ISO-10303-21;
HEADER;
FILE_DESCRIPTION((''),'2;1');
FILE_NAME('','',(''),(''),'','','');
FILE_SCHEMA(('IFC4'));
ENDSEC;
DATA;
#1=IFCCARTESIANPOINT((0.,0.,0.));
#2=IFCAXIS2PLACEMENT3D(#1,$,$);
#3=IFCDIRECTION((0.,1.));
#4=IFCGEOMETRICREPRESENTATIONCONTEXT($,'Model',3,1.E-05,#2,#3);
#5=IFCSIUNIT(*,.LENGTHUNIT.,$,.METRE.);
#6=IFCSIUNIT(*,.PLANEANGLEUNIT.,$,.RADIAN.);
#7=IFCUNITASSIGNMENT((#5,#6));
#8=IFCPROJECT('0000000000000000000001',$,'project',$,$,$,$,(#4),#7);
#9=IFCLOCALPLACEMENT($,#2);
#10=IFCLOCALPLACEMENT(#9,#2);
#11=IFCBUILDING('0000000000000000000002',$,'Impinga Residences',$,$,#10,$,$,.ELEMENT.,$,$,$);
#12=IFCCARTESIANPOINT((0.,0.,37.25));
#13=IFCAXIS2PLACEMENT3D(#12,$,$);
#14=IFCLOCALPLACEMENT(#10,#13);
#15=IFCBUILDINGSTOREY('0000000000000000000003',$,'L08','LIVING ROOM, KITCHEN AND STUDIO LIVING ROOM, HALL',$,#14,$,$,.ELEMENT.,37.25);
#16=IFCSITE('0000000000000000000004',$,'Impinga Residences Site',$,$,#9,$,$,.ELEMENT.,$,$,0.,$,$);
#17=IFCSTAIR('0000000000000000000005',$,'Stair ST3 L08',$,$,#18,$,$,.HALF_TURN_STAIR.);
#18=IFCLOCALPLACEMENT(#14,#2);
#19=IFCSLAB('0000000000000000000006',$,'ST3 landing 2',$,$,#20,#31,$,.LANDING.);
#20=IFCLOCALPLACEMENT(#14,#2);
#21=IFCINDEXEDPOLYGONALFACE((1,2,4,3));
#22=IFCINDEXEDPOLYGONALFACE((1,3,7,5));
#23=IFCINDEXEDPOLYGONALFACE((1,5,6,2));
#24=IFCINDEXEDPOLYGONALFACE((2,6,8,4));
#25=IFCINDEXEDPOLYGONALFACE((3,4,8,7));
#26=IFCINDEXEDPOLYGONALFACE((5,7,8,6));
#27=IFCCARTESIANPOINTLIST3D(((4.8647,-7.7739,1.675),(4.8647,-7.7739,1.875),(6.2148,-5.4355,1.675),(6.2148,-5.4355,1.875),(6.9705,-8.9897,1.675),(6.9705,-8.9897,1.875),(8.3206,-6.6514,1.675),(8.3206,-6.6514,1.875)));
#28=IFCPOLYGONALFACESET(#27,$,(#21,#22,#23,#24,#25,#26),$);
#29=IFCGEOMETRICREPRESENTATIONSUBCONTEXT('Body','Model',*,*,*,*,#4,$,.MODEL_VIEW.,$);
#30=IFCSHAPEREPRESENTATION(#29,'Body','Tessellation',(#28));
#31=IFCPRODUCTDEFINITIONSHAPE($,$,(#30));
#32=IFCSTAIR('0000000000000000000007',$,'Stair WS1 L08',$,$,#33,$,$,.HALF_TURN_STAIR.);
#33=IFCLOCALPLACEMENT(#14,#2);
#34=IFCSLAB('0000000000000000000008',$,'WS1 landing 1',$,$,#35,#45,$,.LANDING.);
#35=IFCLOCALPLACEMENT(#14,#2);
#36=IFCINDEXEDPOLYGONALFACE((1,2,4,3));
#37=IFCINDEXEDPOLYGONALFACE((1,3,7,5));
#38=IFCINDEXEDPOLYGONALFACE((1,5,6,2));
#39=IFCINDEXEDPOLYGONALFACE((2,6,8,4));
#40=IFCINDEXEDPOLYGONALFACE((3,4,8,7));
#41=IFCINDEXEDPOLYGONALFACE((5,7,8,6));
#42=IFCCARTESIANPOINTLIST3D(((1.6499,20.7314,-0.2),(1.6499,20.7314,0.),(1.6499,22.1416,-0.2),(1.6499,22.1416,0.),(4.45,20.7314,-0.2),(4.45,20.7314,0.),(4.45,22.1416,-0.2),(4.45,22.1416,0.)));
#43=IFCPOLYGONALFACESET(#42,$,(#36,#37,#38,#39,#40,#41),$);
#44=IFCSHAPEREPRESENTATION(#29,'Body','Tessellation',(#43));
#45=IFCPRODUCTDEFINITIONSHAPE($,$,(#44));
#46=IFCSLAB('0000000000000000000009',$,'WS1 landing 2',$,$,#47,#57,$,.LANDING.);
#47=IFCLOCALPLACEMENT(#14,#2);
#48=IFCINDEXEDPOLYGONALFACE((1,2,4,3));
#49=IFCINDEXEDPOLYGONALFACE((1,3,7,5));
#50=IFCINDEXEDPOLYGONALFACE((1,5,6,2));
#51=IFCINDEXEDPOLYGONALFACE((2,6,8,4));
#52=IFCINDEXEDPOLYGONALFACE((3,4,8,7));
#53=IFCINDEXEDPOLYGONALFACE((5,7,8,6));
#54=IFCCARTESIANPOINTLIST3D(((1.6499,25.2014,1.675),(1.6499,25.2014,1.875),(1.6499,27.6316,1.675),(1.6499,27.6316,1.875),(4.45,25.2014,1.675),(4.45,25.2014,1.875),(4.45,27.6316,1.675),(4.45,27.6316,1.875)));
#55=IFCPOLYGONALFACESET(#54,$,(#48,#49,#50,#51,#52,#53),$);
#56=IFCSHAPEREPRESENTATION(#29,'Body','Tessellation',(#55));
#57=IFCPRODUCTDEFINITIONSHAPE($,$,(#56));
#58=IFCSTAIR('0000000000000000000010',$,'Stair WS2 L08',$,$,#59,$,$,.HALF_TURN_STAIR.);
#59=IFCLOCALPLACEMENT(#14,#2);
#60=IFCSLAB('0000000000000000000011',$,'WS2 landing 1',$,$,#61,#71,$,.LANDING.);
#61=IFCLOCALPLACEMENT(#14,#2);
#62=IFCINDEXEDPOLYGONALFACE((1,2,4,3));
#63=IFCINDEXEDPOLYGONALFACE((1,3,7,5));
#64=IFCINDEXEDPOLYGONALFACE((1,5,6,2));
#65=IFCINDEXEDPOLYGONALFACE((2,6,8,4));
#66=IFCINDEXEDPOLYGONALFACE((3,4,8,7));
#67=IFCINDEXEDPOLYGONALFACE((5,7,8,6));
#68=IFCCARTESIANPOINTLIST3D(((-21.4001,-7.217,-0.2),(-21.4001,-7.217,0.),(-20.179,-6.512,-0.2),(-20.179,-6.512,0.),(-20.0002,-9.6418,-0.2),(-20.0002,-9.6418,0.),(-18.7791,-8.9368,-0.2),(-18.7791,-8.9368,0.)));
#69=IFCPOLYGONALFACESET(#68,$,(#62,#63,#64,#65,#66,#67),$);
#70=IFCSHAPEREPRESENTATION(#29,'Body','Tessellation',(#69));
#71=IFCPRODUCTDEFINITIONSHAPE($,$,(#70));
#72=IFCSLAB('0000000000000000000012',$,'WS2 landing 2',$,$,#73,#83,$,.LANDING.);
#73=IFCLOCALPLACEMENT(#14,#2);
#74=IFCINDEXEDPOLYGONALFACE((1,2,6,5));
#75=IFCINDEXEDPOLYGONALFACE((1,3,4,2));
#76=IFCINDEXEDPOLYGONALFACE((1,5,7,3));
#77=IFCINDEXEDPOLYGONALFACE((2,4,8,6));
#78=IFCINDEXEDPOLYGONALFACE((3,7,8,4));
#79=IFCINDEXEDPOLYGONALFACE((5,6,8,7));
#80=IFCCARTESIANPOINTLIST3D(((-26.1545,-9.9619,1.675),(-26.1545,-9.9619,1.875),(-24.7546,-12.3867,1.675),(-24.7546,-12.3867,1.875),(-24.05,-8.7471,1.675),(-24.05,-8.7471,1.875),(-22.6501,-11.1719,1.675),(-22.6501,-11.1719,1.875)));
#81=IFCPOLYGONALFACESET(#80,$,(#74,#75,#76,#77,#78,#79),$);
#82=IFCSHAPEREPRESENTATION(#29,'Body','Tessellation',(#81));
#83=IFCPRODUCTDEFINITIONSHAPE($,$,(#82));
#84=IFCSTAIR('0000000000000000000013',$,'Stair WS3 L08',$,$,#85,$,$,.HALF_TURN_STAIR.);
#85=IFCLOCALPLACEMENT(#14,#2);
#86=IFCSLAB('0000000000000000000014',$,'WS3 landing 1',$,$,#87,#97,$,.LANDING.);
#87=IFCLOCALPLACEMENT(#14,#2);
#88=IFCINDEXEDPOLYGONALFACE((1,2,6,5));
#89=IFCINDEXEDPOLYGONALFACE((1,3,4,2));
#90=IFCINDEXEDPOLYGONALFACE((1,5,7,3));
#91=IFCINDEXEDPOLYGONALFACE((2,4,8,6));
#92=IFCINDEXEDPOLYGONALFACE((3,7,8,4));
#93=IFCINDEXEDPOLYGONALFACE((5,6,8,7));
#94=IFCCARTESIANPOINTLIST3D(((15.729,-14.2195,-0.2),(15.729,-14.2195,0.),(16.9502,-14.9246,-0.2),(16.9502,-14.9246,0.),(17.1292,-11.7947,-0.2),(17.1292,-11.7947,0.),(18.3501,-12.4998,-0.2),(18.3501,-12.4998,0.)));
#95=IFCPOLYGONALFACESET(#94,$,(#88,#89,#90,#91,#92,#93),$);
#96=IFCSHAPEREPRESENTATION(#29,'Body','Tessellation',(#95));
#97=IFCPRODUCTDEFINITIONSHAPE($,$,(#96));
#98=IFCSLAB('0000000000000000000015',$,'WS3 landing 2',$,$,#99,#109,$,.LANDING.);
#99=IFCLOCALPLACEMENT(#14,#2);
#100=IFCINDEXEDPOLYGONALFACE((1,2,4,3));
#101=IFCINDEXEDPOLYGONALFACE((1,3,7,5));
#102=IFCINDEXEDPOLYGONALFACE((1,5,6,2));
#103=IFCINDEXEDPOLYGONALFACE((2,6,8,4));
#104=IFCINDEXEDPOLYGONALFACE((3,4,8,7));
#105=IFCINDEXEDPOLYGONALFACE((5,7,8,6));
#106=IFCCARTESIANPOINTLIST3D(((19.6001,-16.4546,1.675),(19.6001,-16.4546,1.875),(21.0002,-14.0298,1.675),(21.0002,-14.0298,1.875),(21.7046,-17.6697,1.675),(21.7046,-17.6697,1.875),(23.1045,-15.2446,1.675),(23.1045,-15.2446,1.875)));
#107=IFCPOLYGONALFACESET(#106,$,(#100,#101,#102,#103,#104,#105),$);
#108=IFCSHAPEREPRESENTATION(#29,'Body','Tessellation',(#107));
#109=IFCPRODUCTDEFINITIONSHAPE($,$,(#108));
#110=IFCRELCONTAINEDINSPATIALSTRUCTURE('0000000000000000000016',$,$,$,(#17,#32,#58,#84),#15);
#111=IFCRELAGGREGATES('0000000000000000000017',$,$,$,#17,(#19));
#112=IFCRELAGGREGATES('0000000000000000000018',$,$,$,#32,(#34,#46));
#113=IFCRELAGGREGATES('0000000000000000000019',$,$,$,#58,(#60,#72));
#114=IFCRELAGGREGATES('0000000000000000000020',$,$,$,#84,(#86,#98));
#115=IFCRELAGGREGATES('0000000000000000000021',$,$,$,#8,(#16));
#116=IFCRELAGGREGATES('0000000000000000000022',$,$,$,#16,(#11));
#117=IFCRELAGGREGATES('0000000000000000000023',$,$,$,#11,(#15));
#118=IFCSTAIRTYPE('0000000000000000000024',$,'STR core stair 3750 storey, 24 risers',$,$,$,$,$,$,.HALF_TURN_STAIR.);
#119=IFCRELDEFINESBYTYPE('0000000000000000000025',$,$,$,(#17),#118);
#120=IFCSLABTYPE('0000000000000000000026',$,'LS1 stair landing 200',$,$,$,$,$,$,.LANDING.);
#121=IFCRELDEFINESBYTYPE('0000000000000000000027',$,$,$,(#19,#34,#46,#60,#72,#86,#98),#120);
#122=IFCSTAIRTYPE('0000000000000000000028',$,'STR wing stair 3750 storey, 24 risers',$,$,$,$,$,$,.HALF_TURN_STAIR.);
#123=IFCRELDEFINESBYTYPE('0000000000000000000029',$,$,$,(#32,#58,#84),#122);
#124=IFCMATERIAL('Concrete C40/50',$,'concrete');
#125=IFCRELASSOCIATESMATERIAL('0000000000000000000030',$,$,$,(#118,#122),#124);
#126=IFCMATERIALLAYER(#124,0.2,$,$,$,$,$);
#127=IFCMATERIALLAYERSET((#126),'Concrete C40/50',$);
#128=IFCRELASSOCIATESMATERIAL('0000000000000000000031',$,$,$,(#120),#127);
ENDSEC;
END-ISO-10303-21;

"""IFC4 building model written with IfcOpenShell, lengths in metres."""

from ifc_helpers import new_model, si_unit, direction, frame, origin, place, context, subcontext, project, spatial, polyline, outline, extrude, material, layer, layer_set, type_object, element, aggregate, save


model = new_model("IFC4")

# Units and contexts
model_context = context("Model", 3, precision=1e-05, world=origin(), true_north=direction((0.0, 1.0)))
body_context = subcontext(model_context, "Body", "Model", "MODEL_VIEW")
ifc_project = project(units=[si_unit("LENGTHUNIT", "METRE"), si_unit("PLANEANGLEUNIT", "RADIAN")], contexts=[model_context])

# Site, building, storey
site_placement = place(None, origin())
site = spatial("IfcSite", under=ifc_project, at=site_placement, Name="Impinga Residences Site", CompositionType="ELEMENT", RefElevation=0.0)
building_placement = place(site_placement, origin())
building = spatial("IfcBuilding", under=site, at=building_placement, Name="Impinga Residences", CompositionType="ELEMENT")
storey_placement = place(building_placement, frame((0.0, 0.0, 37.25)))
storey = spatial("IfcBuildingStorey", under=building, at=storey_placement, Name="L08", Description="LIVING ROOM, KITCHEN AND STUDIO LIVING ROOM, HALL", CompositionType="ELEMENT", Elevation=37.25)

# Stair, slab
ifc_material_1 = material(Name="Concrete C40/50", Category="concrete")
stair_type_1 = type_object("IfcStairType", Name="STR core stair 3750 storey, 24 risers", PredefinedType="HALF_TURN_STAIR", material=ifc_material_1)
stair_1_placement = place(storey_placement, origin())
stair_1 = element("IfcStair", 1, at=stair_1_placement, inside=storey, type_object=stair_type_1, Name="Stair ST3 L08", PredefinedType="HALF_TURN_STAIR")
ifc_layer_1 = layer(ifc_material_1, 0.2)
ifc_layer_set_1 = layer_set([ifc_layer_1], Name="Concrete C40/50")
slab_type = type_object("IfcSlabType", Name="LS1 stair landing 200", PredefinedType="LANDING", material=ifc_layer_set_1)
slab_1_placement = place(storey_placement, frame((0.0, 0.0, 1.675)))
slab_1 = element("IfcSlab", 2, at=slab_1_placement, type_object=slab_type, Name="ST3 landing 2", PredefinedType="LANDING", context=body_context, shape_type="SweptSolid", body=[
    extrude(outline(polyline([(6.2148, -5.4355), (4.8647, -7.7739), (6.9705, -8.9897), (8.3206, -6.6514), (6.2148, -5.4355)])), origin(), (0.0, 0.0, 1.0), 0.2),
])
aggregate(stair_1, [slab_1])

# Stairs, slabs
stair_type_2 = type_object("IfcStairType", Name="STR wing stair 3750 storey, 24 risers", PredefinedType="HALF_TURN_STAIR", material=ifc_material_1)
stair_2_placement = place(storey_placement, origin())
stair_2 = element("IfcStair", 3, at=stair_2_placement, inside=storey, type_object=stair_type_2, Name="Stair WS1 L08", PredefinedType="HALF_TURN_STAIR")
slab_2_placement = place(storey_placement, frame((0.0, 0.0, -0.2)))
slab_2 = element("IfcSlab", 4, at=slab_2_placement, type_object=slab_type, Name="WS1 landing 1", PredefinedType="LANDING", context=body_context, shape_type="SweptSolid", body=[
    extrude(outline(polyline([(1.6499, 20.7314), (4.45, 20.7314), (4.45, 22.1416), (1.6499, 22.1416), (1.6499, 20.7314)])), origin(), (0.0, 0.0, 1.0), 0.2),
])
slab_3_placement = place(storey_placement, frame((0.0, 0.0, 1.675)))
slab_3 = element("IfcSlab", 5, at=slab_3_placement, type_object=slab_type, Name="WS1 landing 2", PredefinedType="LANDING", context=body_context, shape_type="SweptSolid", body=[
    extrude(outline(polyline([(1.6499, 25.2014), (4.45, 25.2014), (4.45, 27.6316), (1.6499, 27.6316), (1.6499, 25.2014)])), origin(), (0.0, 0.0, 1.0), 0.2),
])
aggregate(stair_2, [slab_2, slab_3])
stair_3_placement = place(storey_placement, origin())
stair_3 = element("IfcStair", 6, at=stair_3_placement, inside=storey, type_object=stair_type_2, Name="Stair WS2 L08", PredefinedType="HALF_TURN_STAIR")
slab_4_placement = place(storey_placement, frame((0.0, 0.0, -0.2)))
slab_4 = element("IfcSlab", 7, at=slab_4_placement, type_object=slab_type, Name="WS2 landing 1", PredefinedType="LANDING", context=body_context, shape_type="SweptSolid", body=[
    extrude(outline(polyline([(-18.7791, -8.9368), (-20.179, -6.512), (-21.4001, -7.217), (-20.0002, -9.6418), (-18.7791, -8.9368)])), origin(), (0.0, 0.0, 1.0), 0.2),
])
slab_5_placement = place(storey_placement, frame((0.0, 0.0, 1.675)))
slab_5 = element("IfcSlab", 8, at=slab_5_placement, type_object=slab_type, Name="WS2 landing 2", PredefinedType="LANDING", context=body_context, shape_type="SweptSolid", body=[
    extrude(outline(polyline([(-22.6501, -11.1719), (-24.05, -8.7471), (-26.1545, -9.9619), (-24.7546, -12.3867), (-22.6501, -11.1719)])), origin(), (0.0, 0.0, 1.0), 0.2),
])
aggregate(stair_3, [slab_4, slab_5])
stair_4_placement = place(storey_placement, origin())
stair_4 = element("IfcStair", 9, at=stair_4_placement, inside=storey, type_object=stair_type_2, Name="Stair WS3 L08", PredefinedType="HALF_TURN_STAIR")
slab_6_placement = place(storey_placement, frame((0.0, 0.0, -0.2)))
slab_6 = element("IfcSlab", 10, at=slab_6_placement, type_object=slab_type, Name="WS3 landing 1", PredefinedType="LANDING", context=body_context, shape_type="SweptSolid", body=[
    extrude(outline(polyline([(17.1292, -11.7947), (15.729, -14.2195), (16.9502, -14.9246), (18.3501, -12.4998), (17.1292, -11.7947)])), origin(), (0.0, 0.0, 1.0), 0.2),
])
slab_7_placement = place(storey_placement, frame((0.0, 0.0, 1.675)))
slab_7 = element("IfcSlab", 11, at=slab_7_placement, type_object=slab_type, Name="WS3 landing 2", PredefinedType="LANDING", context=body_context, shape_type="SweptSolid", body=[
    extrude(outline(polyline([(21.0002, -14.0298), (19.6001, -16.4546), (21.7046, -17.6697), (23.1045, -15.2446), (21.0002, -14.0298)])), origin(), (0.0, 0.0, 1.0), 0.2),
])
aggregate(stair_4, [slab_6, slab_7])

save(model, "model.ifc")
